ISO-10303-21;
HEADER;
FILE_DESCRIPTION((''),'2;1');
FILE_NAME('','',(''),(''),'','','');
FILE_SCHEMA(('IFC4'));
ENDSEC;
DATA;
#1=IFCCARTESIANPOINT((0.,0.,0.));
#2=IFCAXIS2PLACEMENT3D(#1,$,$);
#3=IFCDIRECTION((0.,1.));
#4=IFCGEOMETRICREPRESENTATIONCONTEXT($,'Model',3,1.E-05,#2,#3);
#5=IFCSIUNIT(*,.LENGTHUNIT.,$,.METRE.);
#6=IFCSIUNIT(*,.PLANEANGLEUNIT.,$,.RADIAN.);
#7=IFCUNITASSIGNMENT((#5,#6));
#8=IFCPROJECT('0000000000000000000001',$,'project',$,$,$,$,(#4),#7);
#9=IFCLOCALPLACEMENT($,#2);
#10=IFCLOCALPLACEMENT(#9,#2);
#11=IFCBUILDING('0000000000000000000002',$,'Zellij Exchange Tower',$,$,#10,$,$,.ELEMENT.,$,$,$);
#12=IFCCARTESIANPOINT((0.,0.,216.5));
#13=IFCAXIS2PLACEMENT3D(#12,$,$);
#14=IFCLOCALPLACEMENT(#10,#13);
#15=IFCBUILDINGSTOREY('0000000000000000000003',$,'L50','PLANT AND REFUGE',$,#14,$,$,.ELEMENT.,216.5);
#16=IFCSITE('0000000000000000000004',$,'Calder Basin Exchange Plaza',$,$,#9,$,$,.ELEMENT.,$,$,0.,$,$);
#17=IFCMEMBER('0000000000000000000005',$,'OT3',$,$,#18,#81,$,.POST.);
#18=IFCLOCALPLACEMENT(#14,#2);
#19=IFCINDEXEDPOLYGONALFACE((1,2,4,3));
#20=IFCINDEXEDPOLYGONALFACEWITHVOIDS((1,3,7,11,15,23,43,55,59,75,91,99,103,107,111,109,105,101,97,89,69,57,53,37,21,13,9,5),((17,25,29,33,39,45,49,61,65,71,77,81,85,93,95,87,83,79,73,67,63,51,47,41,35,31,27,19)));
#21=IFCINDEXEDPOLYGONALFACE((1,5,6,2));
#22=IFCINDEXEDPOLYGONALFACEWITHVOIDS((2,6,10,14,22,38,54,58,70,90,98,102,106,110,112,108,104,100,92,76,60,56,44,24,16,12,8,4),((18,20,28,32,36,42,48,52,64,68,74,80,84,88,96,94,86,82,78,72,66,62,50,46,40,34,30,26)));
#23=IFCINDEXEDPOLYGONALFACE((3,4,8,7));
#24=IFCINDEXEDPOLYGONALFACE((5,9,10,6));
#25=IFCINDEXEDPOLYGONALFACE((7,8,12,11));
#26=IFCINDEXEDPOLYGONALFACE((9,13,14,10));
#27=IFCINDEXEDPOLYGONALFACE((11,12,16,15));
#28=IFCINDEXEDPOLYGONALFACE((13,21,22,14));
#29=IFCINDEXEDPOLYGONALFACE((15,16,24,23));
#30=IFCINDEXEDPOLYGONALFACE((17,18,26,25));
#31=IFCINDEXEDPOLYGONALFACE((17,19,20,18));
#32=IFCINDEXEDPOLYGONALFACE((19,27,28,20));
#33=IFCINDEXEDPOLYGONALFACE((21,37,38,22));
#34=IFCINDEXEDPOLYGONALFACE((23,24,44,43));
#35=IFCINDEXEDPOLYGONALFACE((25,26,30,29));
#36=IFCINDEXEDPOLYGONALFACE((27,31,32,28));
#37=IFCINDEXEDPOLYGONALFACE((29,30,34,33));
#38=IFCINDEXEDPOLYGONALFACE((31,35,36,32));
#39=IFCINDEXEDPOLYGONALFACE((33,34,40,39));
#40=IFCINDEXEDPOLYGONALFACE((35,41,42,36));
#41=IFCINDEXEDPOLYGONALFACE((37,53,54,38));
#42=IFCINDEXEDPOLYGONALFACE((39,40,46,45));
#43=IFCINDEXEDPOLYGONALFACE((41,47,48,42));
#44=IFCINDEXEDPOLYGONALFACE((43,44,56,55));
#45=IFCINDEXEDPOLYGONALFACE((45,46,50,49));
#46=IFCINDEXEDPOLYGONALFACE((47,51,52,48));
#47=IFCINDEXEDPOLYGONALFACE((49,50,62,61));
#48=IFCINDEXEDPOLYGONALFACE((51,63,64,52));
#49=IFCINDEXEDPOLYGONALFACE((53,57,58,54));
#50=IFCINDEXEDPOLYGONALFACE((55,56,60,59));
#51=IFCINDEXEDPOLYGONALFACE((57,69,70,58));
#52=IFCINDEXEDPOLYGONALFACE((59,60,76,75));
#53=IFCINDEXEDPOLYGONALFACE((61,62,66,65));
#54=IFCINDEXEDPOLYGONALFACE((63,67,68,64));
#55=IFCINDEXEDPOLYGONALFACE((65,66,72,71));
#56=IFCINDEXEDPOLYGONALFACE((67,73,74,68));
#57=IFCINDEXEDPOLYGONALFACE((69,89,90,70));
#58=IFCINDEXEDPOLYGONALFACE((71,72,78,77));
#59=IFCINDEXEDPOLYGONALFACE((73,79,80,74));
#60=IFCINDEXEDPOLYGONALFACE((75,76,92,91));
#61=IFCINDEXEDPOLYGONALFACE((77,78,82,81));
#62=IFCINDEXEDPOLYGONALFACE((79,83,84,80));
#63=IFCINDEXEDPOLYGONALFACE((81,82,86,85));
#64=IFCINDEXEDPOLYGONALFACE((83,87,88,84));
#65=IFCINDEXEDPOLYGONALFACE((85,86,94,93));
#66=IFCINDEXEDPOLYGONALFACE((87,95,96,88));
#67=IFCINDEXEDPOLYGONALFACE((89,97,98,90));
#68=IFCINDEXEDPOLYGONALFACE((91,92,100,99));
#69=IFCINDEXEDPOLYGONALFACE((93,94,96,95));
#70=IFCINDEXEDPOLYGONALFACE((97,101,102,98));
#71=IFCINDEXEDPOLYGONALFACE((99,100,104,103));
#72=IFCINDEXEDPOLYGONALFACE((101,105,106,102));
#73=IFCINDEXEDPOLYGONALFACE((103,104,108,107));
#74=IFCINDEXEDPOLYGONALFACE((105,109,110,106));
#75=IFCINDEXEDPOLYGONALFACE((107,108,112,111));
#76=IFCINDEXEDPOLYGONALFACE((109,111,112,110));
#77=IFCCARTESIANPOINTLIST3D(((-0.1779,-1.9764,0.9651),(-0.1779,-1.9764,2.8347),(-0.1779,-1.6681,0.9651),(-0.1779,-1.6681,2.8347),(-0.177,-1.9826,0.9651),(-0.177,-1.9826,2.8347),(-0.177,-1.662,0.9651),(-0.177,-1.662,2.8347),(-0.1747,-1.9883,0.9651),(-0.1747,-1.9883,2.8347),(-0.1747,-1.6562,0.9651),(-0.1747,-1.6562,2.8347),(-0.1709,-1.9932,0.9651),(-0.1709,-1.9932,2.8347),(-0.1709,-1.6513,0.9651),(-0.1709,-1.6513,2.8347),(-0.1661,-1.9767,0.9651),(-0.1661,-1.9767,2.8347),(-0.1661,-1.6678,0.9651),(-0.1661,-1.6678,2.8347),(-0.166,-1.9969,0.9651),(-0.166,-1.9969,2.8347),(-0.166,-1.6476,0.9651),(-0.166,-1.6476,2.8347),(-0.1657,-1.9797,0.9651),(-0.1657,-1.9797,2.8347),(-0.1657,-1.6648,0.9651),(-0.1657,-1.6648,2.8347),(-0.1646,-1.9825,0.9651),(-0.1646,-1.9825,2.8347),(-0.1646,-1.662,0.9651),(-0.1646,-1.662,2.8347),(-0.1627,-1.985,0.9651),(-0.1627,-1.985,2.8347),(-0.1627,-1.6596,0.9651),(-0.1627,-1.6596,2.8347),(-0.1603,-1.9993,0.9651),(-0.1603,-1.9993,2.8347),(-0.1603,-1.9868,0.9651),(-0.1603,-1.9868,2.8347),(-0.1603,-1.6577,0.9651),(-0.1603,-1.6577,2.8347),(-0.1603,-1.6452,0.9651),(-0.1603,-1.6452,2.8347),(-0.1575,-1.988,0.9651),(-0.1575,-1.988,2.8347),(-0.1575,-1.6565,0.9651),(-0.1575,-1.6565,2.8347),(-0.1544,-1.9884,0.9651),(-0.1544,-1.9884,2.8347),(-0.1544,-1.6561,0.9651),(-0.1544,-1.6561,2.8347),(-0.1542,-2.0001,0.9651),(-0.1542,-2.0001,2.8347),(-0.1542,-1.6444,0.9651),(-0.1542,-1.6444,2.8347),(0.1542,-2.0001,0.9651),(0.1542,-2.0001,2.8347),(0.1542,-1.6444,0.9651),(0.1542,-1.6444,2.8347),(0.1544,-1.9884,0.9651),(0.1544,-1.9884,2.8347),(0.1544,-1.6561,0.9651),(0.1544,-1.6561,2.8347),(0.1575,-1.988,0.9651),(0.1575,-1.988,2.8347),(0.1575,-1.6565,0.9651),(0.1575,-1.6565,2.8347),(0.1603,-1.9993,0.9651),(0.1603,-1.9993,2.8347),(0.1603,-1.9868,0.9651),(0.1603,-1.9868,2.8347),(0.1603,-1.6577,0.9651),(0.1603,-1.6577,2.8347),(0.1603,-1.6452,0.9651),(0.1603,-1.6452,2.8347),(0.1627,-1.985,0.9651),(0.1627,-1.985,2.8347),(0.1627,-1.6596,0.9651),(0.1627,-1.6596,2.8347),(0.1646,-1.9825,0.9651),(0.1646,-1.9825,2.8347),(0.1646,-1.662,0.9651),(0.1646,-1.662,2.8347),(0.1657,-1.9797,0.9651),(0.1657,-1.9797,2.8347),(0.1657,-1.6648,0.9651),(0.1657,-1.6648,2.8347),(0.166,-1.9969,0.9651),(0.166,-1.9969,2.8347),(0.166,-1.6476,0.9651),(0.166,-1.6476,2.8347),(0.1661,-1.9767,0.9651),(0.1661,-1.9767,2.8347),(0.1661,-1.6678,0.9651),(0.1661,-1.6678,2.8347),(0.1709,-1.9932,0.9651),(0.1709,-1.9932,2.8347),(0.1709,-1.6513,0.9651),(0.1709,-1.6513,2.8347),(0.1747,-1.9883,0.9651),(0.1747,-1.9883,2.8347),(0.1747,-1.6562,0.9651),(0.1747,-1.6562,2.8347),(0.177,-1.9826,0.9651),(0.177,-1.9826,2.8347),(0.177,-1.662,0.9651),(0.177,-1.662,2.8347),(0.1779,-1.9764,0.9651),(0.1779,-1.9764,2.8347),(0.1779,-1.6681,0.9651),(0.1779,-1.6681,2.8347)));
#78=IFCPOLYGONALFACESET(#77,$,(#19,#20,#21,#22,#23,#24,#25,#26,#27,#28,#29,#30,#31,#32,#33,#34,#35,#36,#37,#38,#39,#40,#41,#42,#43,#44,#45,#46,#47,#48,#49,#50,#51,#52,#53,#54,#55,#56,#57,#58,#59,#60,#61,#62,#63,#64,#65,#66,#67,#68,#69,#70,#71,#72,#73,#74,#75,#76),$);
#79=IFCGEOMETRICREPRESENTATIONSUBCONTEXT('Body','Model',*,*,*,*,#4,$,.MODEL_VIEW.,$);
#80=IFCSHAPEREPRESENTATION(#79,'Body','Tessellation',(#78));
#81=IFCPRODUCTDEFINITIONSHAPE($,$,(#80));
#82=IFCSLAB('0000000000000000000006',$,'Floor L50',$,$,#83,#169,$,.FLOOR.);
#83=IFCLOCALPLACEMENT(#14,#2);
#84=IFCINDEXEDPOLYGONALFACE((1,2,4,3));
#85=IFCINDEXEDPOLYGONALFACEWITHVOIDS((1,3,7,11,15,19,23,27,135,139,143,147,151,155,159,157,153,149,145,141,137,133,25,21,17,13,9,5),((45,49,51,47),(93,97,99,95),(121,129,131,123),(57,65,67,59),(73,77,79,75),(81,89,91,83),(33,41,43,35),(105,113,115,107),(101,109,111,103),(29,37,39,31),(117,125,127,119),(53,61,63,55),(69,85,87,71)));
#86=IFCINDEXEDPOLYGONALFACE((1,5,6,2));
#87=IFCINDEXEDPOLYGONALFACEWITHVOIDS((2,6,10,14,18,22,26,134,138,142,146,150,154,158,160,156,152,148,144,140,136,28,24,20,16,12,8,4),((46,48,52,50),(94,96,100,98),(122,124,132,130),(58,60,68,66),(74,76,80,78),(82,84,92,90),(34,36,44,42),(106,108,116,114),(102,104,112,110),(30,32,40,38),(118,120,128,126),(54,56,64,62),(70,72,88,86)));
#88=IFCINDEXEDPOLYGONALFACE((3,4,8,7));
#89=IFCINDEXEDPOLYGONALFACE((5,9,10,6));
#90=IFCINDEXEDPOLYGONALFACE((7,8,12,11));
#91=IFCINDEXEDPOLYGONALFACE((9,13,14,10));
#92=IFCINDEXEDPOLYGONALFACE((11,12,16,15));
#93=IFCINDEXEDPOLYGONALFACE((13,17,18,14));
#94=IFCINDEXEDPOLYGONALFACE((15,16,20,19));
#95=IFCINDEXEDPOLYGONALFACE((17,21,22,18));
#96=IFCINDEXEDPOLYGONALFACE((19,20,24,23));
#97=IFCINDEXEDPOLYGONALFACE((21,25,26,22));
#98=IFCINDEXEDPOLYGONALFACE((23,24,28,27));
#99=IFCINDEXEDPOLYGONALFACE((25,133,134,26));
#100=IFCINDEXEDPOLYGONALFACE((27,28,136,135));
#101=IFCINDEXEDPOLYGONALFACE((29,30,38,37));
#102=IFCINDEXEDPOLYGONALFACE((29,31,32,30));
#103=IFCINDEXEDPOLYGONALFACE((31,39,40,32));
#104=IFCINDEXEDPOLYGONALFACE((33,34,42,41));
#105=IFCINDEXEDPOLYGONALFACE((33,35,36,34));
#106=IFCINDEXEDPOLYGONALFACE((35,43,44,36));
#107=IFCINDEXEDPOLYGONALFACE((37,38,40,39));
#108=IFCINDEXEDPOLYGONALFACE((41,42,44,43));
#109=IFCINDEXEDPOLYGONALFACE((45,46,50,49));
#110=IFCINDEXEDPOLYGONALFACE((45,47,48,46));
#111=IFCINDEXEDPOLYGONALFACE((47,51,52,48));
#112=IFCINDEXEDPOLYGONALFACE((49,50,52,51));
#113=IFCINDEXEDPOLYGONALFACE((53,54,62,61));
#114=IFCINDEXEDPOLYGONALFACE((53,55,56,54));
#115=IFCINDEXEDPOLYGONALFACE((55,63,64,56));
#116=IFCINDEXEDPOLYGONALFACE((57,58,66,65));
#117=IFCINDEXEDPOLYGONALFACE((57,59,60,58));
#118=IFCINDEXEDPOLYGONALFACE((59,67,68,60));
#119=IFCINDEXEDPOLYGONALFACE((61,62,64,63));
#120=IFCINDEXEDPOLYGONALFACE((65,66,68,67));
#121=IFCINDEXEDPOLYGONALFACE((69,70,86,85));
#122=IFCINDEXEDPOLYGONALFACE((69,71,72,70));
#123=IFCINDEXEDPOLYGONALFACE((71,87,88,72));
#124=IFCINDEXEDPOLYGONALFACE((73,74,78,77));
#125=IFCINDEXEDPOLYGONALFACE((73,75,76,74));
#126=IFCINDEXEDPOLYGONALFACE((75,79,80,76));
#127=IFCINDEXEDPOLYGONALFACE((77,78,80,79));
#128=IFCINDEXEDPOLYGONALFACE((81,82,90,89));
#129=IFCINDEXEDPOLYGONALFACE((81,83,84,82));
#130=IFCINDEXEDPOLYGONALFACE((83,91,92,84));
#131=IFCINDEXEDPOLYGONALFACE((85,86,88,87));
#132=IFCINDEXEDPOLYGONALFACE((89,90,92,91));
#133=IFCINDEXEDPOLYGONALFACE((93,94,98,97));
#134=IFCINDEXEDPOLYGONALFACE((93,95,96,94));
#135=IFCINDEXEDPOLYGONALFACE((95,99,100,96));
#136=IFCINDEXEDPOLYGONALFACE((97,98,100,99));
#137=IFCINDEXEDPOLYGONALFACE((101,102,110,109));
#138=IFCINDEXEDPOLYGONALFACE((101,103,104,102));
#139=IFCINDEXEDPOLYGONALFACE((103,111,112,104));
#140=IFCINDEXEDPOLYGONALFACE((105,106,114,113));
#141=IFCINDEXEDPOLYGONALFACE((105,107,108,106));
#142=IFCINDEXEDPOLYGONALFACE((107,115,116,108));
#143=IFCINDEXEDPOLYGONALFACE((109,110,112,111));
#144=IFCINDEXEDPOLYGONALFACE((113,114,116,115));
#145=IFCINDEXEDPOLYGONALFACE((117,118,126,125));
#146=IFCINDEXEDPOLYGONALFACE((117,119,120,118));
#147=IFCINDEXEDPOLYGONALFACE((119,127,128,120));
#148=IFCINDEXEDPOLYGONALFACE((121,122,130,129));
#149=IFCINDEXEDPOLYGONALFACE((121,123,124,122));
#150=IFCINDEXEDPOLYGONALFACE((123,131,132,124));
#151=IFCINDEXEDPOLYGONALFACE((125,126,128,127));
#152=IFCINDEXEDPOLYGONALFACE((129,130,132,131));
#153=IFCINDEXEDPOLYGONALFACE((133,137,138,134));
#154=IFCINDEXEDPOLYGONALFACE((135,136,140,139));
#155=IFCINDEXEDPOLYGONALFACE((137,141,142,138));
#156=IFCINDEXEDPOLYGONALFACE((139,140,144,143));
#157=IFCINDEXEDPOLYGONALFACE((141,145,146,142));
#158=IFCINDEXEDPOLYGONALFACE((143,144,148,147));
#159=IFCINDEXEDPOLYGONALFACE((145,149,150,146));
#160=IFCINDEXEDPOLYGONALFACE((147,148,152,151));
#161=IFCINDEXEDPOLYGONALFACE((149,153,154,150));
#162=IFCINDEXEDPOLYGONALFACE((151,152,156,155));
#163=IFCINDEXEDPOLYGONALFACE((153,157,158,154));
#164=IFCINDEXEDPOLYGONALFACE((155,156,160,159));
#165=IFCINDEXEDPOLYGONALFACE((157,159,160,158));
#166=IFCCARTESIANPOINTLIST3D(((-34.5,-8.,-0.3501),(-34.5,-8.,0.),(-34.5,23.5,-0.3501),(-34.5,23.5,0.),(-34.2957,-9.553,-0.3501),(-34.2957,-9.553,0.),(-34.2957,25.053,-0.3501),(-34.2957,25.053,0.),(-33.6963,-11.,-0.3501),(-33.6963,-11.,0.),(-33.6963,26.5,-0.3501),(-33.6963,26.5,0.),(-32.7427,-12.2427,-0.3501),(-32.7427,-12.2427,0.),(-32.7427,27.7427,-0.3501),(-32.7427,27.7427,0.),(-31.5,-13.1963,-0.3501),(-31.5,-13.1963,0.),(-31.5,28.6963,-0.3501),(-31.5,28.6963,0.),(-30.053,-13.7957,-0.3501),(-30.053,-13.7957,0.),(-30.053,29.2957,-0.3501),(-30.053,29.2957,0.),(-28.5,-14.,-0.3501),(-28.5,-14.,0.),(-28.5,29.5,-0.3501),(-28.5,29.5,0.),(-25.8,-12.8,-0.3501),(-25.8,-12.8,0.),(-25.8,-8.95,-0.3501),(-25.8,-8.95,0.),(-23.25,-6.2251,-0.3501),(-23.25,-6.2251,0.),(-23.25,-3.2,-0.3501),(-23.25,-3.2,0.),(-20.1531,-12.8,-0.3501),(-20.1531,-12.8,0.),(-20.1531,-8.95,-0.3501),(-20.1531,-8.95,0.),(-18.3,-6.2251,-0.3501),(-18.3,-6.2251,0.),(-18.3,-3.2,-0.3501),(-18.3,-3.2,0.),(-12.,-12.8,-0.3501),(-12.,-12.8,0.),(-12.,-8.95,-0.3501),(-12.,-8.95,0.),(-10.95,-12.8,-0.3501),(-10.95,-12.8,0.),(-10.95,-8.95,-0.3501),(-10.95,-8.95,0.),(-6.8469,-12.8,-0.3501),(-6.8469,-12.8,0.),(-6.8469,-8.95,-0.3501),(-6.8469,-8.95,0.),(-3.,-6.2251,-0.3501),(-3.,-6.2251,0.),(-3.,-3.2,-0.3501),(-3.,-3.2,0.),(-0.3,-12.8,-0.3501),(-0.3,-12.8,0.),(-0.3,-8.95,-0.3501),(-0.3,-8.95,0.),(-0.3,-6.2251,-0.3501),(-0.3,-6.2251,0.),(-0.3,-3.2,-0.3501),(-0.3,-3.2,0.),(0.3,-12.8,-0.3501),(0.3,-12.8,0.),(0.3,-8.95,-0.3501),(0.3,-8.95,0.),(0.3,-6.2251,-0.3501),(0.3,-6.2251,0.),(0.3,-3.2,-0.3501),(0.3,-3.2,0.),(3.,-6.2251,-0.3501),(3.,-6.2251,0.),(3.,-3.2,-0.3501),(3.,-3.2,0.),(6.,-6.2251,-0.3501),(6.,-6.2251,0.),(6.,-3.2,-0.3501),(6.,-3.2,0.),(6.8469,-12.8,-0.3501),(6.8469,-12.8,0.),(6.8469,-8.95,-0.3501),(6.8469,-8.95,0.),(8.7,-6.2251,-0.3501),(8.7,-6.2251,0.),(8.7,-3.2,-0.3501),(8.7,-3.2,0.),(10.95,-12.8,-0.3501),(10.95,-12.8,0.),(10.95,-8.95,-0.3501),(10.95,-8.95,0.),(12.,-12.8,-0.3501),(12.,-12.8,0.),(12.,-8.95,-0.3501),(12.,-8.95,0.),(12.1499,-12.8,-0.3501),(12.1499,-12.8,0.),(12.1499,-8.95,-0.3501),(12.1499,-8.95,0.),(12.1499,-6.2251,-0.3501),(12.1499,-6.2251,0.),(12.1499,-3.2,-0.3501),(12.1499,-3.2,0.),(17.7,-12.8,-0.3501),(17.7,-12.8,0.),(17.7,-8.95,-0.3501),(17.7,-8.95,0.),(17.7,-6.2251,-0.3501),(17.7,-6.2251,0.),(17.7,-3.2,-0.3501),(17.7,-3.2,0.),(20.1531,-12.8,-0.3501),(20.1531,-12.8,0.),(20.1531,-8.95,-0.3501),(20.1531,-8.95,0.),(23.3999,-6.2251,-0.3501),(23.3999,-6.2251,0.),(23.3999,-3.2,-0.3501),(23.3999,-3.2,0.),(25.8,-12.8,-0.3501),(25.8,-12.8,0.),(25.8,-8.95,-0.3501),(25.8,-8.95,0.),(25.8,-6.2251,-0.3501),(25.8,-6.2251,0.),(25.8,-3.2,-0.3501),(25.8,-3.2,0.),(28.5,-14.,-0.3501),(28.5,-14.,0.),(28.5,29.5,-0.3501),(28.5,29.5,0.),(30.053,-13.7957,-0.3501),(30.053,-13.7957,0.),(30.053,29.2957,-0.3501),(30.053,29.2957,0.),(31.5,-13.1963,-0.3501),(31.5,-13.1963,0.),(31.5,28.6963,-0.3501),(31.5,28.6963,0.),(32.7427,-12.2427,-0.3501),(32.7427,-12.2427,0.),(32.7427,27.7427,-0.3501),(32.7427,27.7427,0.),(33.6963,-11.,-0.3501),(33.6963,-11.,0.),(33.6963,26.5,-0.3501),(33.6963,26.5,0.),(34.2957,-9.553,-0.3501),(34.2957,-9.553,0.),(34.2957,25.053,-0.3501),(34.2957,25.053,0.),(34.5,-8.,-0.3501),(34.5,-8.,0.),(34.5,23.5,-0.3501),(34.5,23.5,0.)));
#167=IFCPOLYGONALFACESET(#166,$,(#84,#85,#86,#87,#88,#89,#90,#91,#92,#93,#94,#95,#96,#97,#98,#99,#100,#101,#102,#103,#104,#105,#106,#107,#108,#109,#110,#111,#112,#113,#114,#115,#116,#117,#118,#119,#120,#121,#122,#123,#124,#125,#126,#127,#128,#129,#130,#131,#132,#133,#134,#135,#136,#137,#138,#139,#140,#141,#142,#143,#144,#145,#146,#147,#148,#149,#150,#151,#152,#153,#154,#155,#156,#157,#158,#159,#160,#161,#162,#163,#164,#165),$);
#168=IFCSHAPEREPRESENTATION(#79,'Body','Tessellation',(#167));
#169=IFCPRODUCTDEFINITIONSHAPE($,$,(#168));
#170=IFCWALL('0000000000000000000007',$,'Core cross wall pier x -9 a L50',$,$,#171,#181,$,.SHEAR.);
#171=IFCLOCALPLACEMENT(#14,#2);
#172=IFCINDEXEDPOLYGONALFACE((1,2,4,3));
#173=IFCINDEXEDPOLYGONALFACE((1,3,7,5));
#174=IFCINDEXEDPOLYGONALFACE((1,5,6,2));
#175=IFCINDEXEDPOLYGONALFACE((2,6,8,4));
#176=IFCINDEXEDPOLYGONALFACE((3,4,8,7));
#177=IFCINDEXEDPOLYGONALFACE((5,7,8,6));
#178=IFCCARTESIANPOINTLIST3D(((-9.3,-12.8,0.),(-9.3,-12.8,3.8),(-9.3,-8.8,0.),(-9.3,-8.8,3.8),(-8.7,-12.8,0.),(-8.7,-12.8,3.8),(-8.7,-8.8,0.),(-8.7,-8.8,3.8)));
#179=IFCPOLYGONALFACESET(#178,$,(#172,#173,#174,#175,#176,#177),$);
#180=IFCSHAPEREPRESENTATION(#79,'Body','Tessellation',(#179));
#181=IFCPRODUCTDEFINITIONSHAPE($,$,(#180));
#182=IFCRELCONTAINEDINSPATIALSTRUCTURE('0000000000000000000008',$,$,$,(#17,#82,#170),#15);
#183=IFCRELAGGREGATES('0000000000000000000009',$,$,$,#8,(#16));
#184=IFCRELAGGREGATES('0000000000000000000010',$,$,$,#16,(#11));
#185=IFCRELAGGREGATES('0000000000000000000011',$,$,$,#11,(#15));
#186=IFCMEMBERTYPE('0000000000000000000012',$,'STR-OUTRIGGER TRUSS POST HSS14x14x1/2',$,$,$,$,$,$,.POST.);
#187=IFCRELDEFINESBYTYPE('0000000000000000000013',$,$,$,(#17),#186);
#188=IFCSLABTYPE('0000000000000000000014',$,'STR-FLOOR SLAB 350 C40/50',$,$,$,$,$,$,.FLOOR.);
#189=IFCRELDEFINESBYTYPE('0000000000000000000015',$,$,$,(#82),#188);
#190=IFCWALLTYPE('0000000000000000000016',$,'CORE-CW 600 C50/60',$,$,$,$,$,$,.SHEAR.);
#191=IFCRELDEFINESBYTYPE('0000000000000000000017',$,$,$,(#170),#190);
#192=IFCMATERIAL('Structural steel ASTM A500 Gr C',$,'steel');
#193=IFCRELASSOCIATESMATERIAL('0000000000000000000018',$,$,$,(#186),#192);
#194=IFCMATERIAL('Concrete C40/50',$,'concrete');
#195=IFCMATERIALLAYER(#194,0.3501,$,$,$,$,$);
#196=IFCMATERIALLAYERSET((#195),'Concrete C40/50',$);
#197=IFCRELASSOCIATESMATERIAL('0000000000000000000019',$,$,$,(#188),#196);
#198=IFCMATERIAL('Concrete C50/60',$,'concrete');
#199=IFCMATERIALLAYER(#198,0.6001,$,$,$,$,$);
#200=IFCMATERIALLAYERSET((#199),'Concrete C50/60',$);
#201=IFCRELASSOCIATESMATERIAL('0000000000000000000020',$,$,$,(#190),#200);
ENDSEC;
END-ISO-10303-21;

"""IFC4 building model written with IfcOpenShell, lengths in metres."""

from ifc_helpers import new_model, si_unit, direction, frame, frame_2d, origin, origin_2d, place, context, subcontext, project, spatial, polyline, rectangle, hollow_rectangle, outline, extrude, material, layer, layer_set, material_profile, profile_set, type_object, element, save


model = new_model("IFC4")

# Units and contexts
model_context = context("Model", 3, precision=1e-05, world=origin(), true_north=direction((0.0, 1.0)))
body_context = subcontext(model_context, "Body", "Model", "MODEL_VIEW")
ifc_project = project(units=[si_unit("LENGTHUNIT", "METRE"), si_unit("PLANEANGLEUNIT", "RADIAN")], contexts=[model_context])

# Site, building, storey
site_placement = place(None, origin())
site = spatial("IfcSite", under=ifc_project, at=site_placement, Name="Calder Basin Exchange Plaza", CompositionType="ELEMENT", RefElevation=0.0)
building_placement = place(site_placement, origin())
building = spatial("IfcBuilding", under=site, at=building_placement, Name="Zellij Exchange Tower", CompositionType="ELEMENT")
storey_placement = place(building_placement, frame((0.0, 0.0, 216.5)))
storey = spatial("IfcBuildingStorey", under=building, at=storey_placement, Name="L50", Description="PLANT AND REFUGE", CompositionType="ELEMENT", Elevation=216.5)

# Shared definitions
ifc_material_1 = material(Name="Concrete C50/60", Category="concrete")

# Member
ifc_material_2 = material(Name="Structural steel ASTM A500 Gr C", Category="steel")
ifc_material_profile_1 = material_profile(ifc_material_2, hollow_rectangle(XDim=0.3557, YDim=0.3557, WallThickness=0.0117, InnerFilletRadius=0.0117, OuterFilletRadius=0.0237, at=origin_2d()), Name="STR-OUTRIGGER TRUSS POST HSS14x14x1/2")
ifc_profile_set_1 = profile_set([ifc_material_profile_1], Name="Structural steel ASTM A500 Gr C")
member_type_1 = type_object("IfcMemberType", Name="STR-OUTRIGGER TRUSS POST HSS14x14x1/2", PredefinedType="POST", material=ifc_profile_set_1)
for number, where, z_axis, x_axis, name in (
    (1, (0.0, -1.8223, 0.9651), (0.0, 0.0, 1.0), (1.0, 0.0, 0.0), "OT3"),
):
    element("IfcMember", number, at=place(storey_placement, frame(where, z_axis=z_axis, x_axis=x_axis)), inside=storey, type_object=member_type_1, Name=name, PredefinedType="POST", context=body_context, shape_type="SweptSolid", body=[
        extrude(hollow_rectangle(XDim=0.3557, YDim=0.3557, WallThickness=0.0117, InnerFilletRadius=0.0117, OuterFilletRadius=0.0237, at=origin_2d()), origin(), (0.0, 0.0, 1.0), 1.8696),
    ])

# Slab
ifc_material_3 = material(Name="Concrete C40/50", Category="concrete")
ifc_layer_1 = layer(ifc_material_3, 0.3501)
ifc_layer_set_1 = layer_set([ifc_layer_1], Name="Concrete C40/50")
slab_type = type_object("IfcSlabType", Name="STR-FLOOR SLAB 350 C40/50", PredefinedType="FLOOR", material=ifc_layer_set_1)
slab_placement = place(storey_placement, frame((0.0, 0.0, -0.3501)))
element("IfcSlab", 2, at=slab_placement, inside=storey, type_object=slab_type, Name="Floor L50", PredefinedType="FLOOR", context=body_context, shape_type="SweptSolid", body=[
    extrude(outline(polyline([(-28.5, -14.0), (-30.053, -13.7957), (-31.5, -13.1963), (-32.7427, -12.2427), (-33.6963, -11.0), (-34.2957, -9.553), (-34.5, -8.0), (-34.5, 23.5), (-34.2957, 25.053), (-33.6963, 26.5), (-32.7427, 27.7427), (-31.5, 28.6963), (-30.053, 29.2957), (-28.5, 29.5), (28.5, 29.5), (30.053, 29.2957), (31.5, 28.6963), (32.7427, 27.7427), (33.6963, 26.5), (34.2957, 25.053), (34.5, 23.5), (34.5, -8.0), (34.2957, -9.553), (33.6963, -11.0), (32.7427, -12.2427), (31.5, -13.1963), (30.053, -13.7957), (28.5, -14.0), (-28.5, -14.0)]), holes=[polyline([(-25.8, -8.95), (-25.8, -12.8), (-20.1531, -12.8), (-20.1531, -8.95), (-25.8, -8.95)]), polyline([(-10.95, -8.95), (-12.0, -8.95), (-12.0, -12.8), (-10.95, -12.8), (-10.95, -8.95)]), polyline([(-0.3, -8.95), (-6.8469, -8.95), (-6.8469, -12.8), (-0.3, -12.8), (-0.3, -8.95)]), polyline([(0.3, -8.95), (0.3, -12.8), (6.8469, -12.8), (6.8469, -8.95), (0.3, -8.95)]), polyline([(-18.3, -3.2), (-23.25, -3.2), (-23.25, -6.2251), (-18.3, -6.2251), (-18.3, -3.2)]), polyline([(-0.3, -3.2), (-3.0, -3.2), (-3.0, -6.2251), (-0.3, -6.2251), (-0.3, -3.2)]), polyline([(0.3, -3.2), (0.3, -6.2251), (3.0, -6.2251), (3.0, -3.2), (0.3, -3.2)]), polyline([(12.0, -8.95), (10.95, -8.95), (10.95, -12.8), (12.0, -12.8), (12.0, -8.95)]), polyline([(17.7, -8.95), (12.1499, -8.95), (12.1499, -12.8), (17.7, -12.8), (17.7, -8.95)]), polyline([(25.8, -8.95), (20.1531, -8.95), (20.1531, -12.8), (25.8, -12.8), (25.8, -8.95)]), polyline([(8.7, -3.2), (6.0, -3.2), (6.0, -6.2251), (8.7, -6.2251), (8.7, -3.2)]), polyline([(17.7, -3.2), (12.1499, -3.2), (12.1499, -6.2251), (17.7, -6.2251), (17.7, -3.2)]), polyline([(25.8, -3.2), (23.3999, -3.2), (23.3999, -6.2251), (25.8, -6.2251), (25.8, -3.2)])]), origin(), (0.0, 0.0, 1.0), 0.3501),
])

# Wall
ifc_layer_2 = layer(ifc_material_1, 0.6001)
ifc_layer_set_2 = layer_set([ifc_layer_2], Name="Concrete C50/60")
wall_type_1 = type_object("IfcWallType", Name="CORE-CW 600 C50/60", PredefinedType="SHEAR", material=ifc_layer_set_2)
wall_1_placement = place(storey_placement, frame((-9.0, -12.8, 0.0), z_axis=(0.0, 0.0, 1.0), x_axis=(0.0, 1.0, 0.0)))
element("IfcWall", 3, at=wall_1_placement, inside=storey, type_object=wall_type_1, Name="Core cross wall pier x -9 a L50", PredefinedType="SHEAR", context=body_context, shape_type="SweptSolid", body=[
    extrude(rectangle(XDim=4.0, YDim=0.6001, at=frame_2d((2.0, 0.0))), origin(), (0.0, 0.0, 1.0), 3.8),
])

save(model, "model.ifc")
